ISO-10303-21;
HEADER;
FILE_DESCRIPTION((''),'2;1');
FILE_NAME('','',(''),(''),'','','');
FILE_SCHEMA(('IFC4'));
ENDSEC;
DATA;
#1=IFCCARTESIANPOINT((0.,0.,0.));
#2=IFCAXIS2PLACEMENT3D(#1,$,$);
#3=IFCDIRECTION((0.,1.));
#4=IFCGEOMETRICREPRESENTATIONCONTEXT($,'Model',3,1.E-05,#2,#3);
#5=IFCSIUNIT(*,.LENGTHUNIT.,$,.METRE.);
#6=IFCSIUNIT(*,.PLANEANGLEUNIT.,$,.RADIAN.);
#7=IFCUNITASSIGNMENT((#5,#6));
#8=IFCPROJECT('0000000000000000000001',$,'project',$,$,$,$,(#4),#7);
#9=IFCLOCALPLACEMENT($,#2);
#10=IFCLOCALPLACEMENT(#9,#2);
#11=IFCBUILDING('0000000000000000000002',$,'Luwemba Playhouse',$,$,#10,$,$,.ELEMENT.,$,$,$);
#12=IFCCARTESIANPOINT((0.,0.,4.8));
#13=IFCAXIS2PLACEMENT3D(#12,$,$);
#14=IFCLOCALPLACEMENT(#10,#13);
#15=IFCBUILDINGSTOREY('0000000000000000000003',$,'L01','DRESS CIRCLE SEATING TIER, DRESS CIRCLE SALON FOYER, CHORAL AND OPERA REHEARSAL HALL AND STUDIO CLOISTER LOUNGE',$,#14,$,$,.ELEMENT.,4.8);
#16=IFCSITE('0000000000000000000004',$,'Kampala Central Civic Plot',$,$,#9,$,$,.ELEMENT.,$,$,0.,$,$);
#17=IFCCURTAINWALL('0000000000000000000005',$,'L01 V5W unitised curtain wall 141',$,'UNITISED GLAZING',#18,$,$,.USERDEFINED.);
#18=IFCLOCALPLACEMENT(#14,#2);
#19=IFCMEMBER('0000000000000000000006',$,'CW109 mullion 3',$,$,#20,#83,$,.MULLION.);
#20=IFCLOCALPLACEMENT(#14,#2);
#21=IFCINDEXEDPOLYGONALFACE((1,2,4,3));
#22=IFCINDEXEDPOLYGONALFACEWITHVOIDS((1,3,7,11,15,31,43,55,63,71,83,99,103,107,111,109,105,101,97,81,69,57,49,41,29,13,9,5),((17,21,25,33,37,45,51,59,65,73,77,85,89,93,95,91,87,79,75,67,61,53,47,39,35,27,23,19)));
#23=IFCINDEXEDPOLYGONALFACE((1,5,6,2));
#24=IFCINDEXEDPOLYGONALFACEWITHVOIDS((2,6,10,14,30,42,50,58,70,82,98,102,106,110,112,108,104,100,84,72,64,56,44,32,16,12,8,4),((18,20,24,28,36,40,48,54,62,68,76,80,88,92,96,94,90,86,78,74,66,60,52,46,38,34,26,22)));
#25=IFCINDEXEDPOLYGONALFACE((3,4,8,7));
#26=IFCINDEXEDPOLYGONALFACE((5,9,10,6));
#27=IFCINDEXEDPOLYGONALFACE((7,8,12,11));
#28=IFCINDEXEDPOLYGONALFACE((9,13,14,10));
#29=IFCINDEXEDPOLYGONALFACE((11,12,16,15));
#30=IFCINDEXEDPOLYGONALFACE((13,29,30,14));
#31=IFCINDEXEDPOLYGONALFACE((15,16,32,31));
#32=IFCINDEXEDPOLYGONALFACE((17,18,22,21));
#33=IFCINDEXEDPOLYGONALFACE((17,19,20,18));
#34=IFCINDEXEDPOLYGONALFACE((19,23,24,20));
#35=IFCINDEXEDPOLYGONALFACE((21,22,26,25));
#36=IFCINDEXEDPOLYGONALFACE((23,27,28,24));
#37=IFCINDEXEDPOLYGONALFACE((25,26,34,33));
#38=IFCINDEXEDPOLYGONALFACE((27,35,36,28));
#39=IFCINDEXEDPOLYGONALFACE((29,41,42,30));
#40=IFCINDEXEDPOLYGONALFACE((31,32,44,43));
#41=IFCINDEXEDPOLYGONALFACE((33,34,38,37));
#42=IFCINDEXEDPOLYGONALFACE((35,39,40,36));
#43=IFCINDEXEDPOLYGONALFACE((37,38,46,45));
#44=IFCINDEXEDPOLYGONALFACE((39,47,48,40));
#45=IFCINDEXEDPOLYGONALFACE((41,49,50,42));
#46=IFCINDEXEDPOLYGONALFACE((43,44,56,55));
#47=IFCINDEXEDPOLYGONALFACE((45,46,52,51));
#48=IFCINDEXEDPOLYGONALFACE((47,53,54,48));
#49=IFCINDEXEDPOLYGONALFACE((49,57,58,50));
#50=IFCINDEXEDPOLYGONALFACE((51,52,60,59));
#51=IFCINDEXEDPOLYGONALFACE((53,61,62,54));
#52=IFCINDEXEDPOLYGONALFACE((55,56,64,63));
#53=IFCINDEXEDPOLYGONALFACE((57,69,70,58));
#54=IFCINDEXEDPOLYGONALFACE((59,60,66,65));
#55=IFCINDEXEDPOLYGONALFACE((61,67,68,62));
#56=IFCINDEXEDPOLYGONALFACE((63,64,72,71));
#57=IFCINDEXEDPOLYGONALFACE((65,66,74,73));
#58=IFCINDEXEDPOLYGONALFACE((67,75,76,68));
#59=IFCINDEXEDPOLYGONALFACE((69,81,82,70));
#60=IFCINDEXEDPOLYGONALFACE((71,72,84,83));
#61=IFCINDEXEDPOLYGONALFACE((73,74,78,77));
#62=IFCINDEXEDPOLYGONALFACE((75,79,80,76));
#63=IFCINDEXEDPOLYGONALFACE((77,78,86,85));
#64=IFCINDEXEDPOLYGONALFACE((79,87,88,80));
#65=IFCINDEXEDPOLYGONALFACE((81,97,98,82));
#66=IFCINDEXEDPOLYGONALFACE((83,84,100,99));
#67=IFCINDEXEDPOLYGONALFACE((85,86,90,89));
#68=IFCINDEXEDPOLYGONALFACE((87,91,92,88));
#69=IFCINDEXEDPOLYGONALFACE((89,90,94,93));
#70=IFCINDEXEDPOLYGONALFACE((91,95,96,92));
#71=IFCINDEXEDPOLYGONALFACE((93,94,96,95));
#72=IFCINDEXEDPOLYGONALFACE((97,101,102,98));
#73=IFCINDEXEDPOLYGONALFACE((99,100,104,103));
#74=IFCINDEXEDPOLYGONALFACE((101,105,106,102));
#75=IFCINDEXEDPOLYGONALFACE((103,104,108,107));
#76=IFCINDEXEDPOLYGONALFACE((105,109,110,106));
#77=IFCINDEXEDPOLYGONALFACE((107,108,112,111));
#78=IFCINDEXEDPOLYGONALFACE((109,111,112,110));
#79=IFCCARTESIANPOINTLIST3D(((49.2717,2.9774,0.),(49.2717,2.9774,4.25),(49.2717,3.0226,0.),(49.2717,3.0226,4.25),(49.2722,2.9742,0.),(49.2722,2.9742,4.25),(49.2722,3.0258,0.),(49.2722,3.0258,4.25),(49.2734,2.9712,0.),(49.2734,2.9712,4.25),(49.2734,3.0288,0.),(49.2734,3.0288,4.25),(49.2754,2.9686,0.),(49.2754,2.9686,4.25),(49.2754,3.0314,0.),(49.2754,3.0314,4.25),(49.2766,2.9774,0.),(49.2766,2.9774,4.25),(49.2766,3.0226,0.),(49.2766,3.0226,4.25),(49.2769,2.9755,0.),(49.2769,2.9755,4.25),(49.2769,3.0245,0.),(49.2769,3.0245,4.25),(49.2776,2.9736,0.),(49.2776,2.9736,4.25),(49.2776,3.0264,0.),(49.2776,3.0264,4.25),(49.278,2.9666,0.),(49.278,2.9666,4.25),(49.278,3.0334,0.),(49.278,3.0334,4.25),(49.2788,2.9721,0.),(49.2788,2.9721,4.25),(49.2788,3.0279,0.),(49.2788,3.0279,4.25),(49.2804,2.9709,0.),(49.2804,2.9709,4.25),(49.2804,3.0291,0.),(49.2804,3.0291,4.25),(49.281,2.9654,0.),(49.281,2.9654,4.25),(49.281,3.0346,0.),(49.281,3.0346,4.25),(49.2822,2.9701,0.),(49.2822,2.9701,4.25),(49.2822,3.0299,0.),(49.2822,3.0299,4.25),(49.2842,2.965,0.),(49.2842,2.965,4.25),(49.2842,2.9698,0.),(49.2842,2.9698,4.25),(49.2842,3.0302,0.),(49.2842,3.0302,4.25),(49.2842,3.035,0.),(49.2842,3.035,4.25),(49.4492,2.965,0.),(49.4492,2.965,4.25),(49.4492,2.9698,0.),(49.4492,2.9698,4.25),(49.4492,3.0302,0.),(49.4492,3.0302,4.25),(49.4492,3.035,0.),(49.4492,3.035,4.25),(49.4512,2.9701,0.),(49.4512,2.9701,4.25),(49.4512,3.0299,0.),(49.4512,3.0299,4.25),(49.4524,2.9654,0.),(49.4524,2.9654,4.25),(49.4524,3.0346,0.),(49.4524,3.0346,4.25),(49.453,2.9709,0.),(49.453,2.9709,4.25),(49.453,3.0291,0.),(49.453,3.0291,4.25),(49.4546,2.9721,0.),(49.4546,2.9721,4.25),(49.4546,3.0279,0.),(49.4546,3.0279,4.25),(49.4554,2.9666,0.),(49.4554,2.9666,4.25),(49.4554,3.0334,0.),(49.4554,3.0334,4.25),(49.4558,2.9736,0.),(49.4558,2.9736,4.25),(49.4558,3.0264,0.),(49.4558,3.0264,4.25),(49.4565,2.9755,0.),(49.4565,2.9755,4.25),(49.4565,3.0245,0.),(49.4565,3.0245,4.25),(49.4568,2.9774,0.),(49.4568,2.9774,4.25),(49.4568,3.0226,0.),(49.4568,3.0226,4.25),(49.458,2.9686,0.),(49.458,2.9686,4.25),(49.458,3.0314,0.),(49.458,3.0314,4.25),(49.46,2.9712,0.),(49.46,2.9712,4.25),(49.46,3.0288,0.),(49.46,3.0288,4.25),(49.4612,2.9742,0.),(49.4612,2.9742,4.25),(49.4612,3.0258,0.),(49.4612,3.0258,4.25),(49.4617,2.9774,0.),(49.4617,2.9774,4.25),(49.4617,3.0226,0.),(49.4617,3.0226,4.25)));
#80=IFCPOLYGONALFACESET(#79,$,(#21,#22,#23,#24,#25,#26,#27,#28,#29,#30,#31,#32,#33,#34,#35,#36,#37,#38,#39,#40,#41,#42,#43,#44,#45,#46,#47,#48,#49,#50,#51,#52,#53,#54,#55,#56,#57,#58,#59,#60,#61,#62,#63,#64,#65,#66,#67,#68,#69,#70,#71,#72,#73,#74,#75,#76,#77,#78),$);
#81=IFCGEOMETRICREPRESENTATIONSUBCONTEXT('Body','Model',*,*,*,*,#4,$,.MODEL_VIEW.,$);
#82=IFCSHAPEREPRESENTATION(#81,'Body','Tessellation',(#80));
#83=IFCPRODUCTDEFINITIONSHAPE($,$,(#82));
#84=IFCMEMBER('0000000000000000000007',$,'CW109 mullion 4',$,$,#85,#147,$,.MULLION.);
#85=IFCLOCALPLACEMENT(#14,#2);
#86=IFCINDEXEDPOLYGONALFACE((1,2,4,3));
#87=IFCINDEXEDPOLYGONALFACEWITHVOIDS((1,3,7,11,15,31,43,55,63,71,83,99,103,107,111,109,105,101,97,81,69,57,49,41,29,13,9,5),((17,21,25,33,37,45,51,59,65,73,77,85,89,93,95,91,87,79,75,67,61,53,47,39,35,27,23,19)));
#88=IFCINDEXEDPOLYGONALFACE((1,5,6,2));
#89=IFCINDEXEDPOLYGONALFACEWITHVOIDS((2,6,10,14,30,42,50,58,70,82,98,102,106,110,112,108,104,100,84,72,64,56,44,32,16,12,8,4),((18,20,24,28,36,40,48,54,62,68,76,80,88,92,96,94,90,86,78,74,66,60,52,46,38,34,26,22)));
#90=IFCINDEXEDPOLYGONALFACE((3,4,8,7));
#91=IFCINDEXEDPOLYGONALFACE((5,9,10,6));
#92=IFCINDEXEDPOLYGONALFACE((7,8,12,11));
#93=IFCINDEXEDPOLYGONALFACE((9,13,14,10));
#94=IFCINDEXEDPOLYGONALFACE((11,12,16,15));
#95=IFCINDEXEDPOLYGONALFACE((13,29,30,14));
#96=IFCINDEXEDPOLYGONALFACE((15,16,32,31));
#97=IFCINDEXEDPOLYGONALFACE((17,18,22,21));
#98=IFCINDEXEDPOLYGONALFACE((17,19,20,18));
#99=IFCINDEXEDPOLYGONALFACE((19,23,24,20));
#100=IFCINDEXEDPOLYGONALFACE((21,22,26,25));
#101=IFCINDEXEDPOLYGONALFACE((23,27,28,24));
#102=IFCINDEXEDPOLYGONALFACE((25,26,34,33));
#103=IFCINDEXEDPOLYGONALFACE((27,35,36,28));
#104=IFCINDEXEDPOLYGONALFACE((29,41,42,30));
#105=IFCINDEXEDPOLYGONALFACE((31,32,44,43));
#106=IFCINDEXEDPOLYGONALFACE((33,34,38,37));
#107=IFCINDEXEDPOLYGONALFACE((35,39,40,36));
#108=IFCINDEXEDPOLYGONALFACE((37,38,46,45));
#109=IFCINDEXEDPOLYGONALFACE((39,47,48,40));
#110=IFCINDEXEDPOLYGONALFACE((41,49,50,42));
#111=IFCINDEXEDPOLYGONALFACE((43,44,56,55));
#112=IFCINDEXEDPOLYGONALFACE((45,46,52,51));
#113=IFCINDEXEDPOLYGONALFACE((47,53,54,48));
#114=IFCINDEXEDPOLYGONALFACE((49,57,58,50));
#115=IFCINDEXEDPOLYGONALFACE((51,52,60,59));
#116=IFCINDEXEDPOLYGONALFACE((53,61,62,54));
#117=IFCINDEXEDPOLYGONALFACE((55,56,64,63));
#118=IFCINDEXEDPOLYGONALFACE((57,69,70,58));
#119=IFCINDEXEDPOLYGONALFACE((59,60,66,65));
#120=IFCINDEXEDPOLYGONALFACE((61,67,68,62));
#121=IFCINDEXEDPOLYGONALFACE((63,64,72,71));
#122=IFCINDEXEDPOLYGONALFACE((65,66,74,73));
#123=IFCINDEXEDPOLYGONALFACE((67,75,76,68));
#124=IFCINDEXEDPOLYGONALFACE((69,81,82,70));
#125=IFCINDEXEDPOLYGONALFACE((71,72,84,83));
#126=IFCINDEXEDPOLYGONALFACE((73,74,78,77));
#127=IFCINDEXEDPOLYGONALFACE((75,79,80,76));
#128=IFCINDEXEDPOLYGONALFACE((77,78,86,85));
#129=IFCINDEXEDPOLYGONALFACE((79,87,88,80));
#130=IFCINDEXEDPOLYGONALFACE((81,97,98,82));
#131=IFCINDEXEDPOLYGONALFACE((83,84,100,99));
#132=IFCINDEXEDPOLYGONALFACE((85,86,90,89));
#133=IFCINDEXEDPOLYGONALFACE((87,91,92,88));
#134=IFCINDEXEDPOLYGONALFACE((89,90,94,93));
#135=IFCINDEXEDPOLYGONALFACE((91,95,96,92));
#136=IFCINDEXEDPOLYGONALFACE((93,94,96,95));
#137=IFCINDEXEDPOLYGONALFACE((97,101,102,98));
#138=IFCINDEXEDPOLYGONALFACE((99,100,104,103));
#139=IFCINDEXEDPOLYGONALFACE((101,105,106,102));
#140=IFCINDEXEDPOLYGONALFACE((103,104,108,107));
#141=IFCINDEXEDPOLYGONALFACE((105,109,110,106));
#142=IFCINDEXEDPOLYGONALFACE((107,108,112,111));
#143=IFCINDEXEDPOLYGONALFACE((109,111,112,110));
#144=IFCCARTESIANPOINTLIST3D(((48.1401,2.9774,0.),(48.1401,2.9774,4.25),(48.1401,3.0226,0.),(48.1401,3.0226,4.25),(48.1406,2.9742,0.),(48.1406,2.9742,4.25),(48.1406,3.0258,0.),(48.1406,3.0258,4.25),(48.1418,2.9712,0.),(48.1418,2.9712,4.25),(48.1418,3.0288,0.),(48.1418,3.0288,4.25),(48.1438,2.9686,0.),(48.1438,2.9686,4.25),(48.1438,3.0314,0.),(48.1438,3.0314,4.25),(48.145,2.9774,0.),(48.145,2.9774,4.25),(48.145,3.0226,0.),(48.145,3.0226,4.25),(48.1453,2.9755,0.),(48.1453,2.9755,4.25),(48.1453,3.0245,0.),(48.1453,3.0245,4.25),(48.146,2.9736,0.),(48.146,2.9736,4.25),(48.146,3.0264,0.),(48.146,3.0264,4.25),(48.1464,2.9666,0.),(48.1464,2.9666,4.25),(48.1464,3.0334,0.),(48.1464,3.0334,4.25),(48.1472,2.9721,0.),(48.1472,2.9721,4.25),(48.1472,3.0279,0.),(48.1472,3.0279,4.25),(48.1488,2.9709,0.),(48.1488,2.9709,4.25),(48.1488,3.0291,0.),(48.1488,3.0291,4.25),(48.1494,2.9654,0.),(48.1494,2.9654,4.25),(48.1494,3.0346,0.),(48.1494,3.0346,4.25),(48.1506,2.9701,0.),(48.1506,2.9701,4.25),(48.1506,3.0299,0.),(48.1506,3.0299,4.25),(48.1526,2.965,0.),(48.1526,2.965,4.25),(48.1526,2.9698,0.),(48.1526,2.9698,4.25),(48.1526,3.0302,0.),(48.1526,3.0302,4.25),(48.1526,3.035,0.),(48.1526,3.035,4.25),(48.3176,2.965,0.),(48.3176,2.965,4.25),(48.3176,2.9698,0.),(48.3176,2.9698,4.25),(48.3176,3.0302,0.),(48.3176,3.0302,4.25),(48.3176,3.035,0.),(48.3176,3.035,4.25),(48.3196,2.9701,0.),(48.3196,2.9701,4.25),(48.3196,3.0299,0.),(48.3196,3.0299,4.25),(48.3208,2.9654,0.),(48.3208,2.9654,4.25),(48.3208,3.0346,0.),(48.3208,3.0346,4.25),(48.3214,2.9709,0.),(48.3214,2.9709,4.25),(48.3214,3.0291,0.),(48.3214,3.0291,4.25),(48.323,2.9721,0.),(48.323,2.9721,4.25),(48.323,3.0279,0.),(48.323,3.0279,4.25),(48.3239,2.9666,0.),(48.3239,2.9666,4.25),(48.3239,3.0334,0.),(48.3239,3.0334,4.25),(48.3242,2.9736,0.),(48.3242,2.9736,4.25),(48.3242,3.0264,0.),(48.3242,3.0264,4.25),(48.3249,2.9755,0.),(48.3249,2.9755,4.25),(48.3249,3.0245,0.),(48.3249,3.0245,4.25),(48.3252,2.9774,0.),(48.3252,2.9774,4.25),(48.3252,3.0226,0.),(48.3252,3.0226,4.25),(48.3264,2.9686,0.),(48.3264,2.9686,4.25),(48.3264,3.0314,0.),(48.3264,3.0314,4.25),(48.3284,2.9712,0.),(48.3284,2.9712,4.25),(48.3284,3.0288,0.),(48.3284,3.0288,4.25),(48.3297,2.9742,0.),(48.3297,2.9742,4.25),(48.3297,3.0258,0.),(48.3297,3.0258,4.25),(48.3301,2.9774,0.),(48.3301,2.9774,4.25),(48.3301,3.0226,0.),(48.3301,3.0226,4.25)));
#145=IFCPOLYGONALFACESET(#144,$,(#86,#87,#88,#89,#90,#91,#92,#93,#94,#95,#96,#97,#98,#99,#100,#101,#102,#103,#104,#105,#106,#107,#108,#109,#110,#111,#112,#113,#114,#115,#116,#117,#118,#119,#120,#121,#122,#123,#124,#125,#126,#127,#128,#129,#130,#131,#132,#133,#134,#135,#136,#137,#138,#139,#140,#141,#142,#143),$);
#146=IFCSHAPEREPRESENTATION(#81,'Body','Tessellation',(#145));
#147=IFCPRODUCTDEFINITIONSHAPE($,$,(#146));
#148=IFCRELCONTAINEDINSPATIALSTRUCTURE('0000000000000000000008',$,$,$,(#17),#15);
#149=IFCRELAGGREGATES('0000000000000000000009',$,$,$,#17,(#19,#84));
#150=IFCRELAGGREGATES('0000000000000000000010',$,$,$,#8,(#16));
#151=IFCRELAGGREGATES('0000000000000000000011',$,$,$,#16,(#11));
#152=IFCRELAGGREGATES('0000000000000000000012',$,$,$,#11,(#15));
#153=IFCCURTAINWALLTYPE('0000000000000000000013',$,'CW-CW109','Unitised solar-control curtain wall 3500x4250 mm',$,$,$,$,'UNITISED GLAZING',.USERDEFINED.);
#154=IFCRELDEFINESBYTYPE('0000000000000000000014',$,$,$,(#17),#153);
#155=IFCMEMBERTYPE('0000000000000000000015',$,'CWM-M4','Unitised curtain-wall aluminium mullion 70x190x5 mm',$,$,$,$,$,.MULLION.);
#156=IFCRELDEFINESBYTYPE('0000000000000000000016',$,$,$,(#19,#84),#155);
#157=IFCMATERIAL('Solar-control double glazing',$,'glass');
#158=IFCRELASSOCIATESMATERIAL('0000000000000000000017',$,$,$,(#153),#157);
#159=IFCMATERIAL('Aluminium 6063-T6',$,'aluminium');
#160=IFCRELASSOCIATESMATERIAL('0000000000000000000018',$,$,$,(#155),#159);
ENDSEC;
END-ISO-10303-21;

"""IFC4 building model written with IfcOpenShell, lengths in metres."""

from ifc_helpers import new_model, si_unit, direction, frame, origin, origin_2d, place, context, subcontext, project, spatial, hollow_rectangle, extrude, material, material_profile, profile_set, type_object, element, aggregate, save


model = new_model("IFC4")

# Units and contexts
model_context = context("Model", 3, precision=1e-05, world=origin(), true_north=direction((0.0, 1.0)))
body_context = subcontext(model_context, "Body", "Model", "MODEL_VIEW")
ifc_project = project(units=[si_unit("LENGTHUNIT", "METRE"), si_unit("PLANEANGLEUNIT", "RADIAN")], contexts=[model_context])

# Site, building, storey
site_placement = place(None, origin())
site = spatial("IfcSite", under=ifc_project, at=site_placement, Name="Kampala Central Civic Plot", CompositionType="ELEMENT", RefElevation=0.0)
building_placement = place(site_placement, origin())
building = spatial("IfcBuilding", under=site, at=building_placement, Name="Luwemba Playhouse", CompositionType="ELEMENT")
storey_placement = place(building_placement, frame((0.0, 0.0, 4.8)))
storey = spatial("IfcBuildingStorey", under=building, at=storey_placement, Name="L01", Description="DRESS CIRCLE SEATING TIER, DRESS CIRCLE SALON FOYER, CHORAL AND OPERA REHEARSAL HALL AND STUDIO CLOISTER LOUNGE", CompositionType="ELEMENT", Elevation=4.8)

# Shared definitions
ifc_material_1 = material(Name="Solar-control double glazing", Category="glass")
ifc_material_2 = material(Name="Aluminium 6063-T6", Category="aluminium")

# Curtain wall, members
curtain_wall_type_1 = type_object("IfcCurtainWallType", Name="CW-CW109", Description="Unitised solar-control curtain wall 3500x4250 mm", ElementType="UNITISED GLAZING", PredefinedType="USERDEFINED", material=ifc_material_1)
curtain_wall_1_placement = place(storey_placement, origin())
curtain_wall_1 = element("IfcCurtainWall", 1, at=curtain_wall_1_placement, inside=storey, type_object=curtain_wall_type_1, Name="L01 V5W unitised curtain wall 141", ObjectType="UNITISED GLAZING", PredefinedType="USERDEFINED")
ifc_material_profile_1 = material_profile(ifc_material_2, hollow_rectangle(XDim=0.0701, YDim=0.1899, WallThickness=0.0049, InnerFilletRadius=0.0076, OuterFilletRadius=0.0125, at=origin_2d()))
ifc_profile_set_1 = profile_set([ifc_material_profile_1], Name="Aluminium 6063-T6")
member_type_1 = type_object("IfcMemberType", Name="CWM-M4", Description="Unitised curtain-wall aluminium mullion 70x190x5 mm", PredefinedType="MULLION", material=ifc_profile_set_1)
member_1_placement = place(storey_placement, frame((49.3667, 3.0, 0.0), z_axis=(0.0, 0.0, 1.0), x_axis=(0.0, -1.0, 0.0)))
member_1 = element("IfcMember", 2, at=member_1_placement, type_object=member_type_1, Name="CW109 mullion 3", PredefinedType="MULLION", context=body_context, shape_type="SweptSolid", body=[
    extrude(hollow_rectangle(XDim=0.0701, YDim=0.1899, WallThickness=0.0049, InnerFilletRadius=0.0076, OuterFilletRadius=0.0125, at=origin_2d()), origin(), (0.0, 0.0, 1.0), 4.25),
])
member_2_placement = place(storey_placement, frame((48.2351, 3.0, 0.0), z_axis=(0.0, 0.0, 1.0), x_axis=(0.0, -1.0, 0.0)))
member_2 = element("IfcMember", 3, at=member_2_placement, type_object=member_type_1, Name="CW109 mullion 4", PredefinedType="MULLION", context=body_context, shape_type="SweptSolid", body=[
    extrude(hollow_rectangle(XDim=0.0701, YDim=0.1899, WallThickness=0.0049, InnerFilletRadius=0.0076, OuterFilletRadius=0.0125, at=origin_2d()), origin(), (0.0, 0.0, 1.0), 4.25),
])

aggregate(curtain_wall_1, [member_1, member_2])

save(model, "model.ifc")
